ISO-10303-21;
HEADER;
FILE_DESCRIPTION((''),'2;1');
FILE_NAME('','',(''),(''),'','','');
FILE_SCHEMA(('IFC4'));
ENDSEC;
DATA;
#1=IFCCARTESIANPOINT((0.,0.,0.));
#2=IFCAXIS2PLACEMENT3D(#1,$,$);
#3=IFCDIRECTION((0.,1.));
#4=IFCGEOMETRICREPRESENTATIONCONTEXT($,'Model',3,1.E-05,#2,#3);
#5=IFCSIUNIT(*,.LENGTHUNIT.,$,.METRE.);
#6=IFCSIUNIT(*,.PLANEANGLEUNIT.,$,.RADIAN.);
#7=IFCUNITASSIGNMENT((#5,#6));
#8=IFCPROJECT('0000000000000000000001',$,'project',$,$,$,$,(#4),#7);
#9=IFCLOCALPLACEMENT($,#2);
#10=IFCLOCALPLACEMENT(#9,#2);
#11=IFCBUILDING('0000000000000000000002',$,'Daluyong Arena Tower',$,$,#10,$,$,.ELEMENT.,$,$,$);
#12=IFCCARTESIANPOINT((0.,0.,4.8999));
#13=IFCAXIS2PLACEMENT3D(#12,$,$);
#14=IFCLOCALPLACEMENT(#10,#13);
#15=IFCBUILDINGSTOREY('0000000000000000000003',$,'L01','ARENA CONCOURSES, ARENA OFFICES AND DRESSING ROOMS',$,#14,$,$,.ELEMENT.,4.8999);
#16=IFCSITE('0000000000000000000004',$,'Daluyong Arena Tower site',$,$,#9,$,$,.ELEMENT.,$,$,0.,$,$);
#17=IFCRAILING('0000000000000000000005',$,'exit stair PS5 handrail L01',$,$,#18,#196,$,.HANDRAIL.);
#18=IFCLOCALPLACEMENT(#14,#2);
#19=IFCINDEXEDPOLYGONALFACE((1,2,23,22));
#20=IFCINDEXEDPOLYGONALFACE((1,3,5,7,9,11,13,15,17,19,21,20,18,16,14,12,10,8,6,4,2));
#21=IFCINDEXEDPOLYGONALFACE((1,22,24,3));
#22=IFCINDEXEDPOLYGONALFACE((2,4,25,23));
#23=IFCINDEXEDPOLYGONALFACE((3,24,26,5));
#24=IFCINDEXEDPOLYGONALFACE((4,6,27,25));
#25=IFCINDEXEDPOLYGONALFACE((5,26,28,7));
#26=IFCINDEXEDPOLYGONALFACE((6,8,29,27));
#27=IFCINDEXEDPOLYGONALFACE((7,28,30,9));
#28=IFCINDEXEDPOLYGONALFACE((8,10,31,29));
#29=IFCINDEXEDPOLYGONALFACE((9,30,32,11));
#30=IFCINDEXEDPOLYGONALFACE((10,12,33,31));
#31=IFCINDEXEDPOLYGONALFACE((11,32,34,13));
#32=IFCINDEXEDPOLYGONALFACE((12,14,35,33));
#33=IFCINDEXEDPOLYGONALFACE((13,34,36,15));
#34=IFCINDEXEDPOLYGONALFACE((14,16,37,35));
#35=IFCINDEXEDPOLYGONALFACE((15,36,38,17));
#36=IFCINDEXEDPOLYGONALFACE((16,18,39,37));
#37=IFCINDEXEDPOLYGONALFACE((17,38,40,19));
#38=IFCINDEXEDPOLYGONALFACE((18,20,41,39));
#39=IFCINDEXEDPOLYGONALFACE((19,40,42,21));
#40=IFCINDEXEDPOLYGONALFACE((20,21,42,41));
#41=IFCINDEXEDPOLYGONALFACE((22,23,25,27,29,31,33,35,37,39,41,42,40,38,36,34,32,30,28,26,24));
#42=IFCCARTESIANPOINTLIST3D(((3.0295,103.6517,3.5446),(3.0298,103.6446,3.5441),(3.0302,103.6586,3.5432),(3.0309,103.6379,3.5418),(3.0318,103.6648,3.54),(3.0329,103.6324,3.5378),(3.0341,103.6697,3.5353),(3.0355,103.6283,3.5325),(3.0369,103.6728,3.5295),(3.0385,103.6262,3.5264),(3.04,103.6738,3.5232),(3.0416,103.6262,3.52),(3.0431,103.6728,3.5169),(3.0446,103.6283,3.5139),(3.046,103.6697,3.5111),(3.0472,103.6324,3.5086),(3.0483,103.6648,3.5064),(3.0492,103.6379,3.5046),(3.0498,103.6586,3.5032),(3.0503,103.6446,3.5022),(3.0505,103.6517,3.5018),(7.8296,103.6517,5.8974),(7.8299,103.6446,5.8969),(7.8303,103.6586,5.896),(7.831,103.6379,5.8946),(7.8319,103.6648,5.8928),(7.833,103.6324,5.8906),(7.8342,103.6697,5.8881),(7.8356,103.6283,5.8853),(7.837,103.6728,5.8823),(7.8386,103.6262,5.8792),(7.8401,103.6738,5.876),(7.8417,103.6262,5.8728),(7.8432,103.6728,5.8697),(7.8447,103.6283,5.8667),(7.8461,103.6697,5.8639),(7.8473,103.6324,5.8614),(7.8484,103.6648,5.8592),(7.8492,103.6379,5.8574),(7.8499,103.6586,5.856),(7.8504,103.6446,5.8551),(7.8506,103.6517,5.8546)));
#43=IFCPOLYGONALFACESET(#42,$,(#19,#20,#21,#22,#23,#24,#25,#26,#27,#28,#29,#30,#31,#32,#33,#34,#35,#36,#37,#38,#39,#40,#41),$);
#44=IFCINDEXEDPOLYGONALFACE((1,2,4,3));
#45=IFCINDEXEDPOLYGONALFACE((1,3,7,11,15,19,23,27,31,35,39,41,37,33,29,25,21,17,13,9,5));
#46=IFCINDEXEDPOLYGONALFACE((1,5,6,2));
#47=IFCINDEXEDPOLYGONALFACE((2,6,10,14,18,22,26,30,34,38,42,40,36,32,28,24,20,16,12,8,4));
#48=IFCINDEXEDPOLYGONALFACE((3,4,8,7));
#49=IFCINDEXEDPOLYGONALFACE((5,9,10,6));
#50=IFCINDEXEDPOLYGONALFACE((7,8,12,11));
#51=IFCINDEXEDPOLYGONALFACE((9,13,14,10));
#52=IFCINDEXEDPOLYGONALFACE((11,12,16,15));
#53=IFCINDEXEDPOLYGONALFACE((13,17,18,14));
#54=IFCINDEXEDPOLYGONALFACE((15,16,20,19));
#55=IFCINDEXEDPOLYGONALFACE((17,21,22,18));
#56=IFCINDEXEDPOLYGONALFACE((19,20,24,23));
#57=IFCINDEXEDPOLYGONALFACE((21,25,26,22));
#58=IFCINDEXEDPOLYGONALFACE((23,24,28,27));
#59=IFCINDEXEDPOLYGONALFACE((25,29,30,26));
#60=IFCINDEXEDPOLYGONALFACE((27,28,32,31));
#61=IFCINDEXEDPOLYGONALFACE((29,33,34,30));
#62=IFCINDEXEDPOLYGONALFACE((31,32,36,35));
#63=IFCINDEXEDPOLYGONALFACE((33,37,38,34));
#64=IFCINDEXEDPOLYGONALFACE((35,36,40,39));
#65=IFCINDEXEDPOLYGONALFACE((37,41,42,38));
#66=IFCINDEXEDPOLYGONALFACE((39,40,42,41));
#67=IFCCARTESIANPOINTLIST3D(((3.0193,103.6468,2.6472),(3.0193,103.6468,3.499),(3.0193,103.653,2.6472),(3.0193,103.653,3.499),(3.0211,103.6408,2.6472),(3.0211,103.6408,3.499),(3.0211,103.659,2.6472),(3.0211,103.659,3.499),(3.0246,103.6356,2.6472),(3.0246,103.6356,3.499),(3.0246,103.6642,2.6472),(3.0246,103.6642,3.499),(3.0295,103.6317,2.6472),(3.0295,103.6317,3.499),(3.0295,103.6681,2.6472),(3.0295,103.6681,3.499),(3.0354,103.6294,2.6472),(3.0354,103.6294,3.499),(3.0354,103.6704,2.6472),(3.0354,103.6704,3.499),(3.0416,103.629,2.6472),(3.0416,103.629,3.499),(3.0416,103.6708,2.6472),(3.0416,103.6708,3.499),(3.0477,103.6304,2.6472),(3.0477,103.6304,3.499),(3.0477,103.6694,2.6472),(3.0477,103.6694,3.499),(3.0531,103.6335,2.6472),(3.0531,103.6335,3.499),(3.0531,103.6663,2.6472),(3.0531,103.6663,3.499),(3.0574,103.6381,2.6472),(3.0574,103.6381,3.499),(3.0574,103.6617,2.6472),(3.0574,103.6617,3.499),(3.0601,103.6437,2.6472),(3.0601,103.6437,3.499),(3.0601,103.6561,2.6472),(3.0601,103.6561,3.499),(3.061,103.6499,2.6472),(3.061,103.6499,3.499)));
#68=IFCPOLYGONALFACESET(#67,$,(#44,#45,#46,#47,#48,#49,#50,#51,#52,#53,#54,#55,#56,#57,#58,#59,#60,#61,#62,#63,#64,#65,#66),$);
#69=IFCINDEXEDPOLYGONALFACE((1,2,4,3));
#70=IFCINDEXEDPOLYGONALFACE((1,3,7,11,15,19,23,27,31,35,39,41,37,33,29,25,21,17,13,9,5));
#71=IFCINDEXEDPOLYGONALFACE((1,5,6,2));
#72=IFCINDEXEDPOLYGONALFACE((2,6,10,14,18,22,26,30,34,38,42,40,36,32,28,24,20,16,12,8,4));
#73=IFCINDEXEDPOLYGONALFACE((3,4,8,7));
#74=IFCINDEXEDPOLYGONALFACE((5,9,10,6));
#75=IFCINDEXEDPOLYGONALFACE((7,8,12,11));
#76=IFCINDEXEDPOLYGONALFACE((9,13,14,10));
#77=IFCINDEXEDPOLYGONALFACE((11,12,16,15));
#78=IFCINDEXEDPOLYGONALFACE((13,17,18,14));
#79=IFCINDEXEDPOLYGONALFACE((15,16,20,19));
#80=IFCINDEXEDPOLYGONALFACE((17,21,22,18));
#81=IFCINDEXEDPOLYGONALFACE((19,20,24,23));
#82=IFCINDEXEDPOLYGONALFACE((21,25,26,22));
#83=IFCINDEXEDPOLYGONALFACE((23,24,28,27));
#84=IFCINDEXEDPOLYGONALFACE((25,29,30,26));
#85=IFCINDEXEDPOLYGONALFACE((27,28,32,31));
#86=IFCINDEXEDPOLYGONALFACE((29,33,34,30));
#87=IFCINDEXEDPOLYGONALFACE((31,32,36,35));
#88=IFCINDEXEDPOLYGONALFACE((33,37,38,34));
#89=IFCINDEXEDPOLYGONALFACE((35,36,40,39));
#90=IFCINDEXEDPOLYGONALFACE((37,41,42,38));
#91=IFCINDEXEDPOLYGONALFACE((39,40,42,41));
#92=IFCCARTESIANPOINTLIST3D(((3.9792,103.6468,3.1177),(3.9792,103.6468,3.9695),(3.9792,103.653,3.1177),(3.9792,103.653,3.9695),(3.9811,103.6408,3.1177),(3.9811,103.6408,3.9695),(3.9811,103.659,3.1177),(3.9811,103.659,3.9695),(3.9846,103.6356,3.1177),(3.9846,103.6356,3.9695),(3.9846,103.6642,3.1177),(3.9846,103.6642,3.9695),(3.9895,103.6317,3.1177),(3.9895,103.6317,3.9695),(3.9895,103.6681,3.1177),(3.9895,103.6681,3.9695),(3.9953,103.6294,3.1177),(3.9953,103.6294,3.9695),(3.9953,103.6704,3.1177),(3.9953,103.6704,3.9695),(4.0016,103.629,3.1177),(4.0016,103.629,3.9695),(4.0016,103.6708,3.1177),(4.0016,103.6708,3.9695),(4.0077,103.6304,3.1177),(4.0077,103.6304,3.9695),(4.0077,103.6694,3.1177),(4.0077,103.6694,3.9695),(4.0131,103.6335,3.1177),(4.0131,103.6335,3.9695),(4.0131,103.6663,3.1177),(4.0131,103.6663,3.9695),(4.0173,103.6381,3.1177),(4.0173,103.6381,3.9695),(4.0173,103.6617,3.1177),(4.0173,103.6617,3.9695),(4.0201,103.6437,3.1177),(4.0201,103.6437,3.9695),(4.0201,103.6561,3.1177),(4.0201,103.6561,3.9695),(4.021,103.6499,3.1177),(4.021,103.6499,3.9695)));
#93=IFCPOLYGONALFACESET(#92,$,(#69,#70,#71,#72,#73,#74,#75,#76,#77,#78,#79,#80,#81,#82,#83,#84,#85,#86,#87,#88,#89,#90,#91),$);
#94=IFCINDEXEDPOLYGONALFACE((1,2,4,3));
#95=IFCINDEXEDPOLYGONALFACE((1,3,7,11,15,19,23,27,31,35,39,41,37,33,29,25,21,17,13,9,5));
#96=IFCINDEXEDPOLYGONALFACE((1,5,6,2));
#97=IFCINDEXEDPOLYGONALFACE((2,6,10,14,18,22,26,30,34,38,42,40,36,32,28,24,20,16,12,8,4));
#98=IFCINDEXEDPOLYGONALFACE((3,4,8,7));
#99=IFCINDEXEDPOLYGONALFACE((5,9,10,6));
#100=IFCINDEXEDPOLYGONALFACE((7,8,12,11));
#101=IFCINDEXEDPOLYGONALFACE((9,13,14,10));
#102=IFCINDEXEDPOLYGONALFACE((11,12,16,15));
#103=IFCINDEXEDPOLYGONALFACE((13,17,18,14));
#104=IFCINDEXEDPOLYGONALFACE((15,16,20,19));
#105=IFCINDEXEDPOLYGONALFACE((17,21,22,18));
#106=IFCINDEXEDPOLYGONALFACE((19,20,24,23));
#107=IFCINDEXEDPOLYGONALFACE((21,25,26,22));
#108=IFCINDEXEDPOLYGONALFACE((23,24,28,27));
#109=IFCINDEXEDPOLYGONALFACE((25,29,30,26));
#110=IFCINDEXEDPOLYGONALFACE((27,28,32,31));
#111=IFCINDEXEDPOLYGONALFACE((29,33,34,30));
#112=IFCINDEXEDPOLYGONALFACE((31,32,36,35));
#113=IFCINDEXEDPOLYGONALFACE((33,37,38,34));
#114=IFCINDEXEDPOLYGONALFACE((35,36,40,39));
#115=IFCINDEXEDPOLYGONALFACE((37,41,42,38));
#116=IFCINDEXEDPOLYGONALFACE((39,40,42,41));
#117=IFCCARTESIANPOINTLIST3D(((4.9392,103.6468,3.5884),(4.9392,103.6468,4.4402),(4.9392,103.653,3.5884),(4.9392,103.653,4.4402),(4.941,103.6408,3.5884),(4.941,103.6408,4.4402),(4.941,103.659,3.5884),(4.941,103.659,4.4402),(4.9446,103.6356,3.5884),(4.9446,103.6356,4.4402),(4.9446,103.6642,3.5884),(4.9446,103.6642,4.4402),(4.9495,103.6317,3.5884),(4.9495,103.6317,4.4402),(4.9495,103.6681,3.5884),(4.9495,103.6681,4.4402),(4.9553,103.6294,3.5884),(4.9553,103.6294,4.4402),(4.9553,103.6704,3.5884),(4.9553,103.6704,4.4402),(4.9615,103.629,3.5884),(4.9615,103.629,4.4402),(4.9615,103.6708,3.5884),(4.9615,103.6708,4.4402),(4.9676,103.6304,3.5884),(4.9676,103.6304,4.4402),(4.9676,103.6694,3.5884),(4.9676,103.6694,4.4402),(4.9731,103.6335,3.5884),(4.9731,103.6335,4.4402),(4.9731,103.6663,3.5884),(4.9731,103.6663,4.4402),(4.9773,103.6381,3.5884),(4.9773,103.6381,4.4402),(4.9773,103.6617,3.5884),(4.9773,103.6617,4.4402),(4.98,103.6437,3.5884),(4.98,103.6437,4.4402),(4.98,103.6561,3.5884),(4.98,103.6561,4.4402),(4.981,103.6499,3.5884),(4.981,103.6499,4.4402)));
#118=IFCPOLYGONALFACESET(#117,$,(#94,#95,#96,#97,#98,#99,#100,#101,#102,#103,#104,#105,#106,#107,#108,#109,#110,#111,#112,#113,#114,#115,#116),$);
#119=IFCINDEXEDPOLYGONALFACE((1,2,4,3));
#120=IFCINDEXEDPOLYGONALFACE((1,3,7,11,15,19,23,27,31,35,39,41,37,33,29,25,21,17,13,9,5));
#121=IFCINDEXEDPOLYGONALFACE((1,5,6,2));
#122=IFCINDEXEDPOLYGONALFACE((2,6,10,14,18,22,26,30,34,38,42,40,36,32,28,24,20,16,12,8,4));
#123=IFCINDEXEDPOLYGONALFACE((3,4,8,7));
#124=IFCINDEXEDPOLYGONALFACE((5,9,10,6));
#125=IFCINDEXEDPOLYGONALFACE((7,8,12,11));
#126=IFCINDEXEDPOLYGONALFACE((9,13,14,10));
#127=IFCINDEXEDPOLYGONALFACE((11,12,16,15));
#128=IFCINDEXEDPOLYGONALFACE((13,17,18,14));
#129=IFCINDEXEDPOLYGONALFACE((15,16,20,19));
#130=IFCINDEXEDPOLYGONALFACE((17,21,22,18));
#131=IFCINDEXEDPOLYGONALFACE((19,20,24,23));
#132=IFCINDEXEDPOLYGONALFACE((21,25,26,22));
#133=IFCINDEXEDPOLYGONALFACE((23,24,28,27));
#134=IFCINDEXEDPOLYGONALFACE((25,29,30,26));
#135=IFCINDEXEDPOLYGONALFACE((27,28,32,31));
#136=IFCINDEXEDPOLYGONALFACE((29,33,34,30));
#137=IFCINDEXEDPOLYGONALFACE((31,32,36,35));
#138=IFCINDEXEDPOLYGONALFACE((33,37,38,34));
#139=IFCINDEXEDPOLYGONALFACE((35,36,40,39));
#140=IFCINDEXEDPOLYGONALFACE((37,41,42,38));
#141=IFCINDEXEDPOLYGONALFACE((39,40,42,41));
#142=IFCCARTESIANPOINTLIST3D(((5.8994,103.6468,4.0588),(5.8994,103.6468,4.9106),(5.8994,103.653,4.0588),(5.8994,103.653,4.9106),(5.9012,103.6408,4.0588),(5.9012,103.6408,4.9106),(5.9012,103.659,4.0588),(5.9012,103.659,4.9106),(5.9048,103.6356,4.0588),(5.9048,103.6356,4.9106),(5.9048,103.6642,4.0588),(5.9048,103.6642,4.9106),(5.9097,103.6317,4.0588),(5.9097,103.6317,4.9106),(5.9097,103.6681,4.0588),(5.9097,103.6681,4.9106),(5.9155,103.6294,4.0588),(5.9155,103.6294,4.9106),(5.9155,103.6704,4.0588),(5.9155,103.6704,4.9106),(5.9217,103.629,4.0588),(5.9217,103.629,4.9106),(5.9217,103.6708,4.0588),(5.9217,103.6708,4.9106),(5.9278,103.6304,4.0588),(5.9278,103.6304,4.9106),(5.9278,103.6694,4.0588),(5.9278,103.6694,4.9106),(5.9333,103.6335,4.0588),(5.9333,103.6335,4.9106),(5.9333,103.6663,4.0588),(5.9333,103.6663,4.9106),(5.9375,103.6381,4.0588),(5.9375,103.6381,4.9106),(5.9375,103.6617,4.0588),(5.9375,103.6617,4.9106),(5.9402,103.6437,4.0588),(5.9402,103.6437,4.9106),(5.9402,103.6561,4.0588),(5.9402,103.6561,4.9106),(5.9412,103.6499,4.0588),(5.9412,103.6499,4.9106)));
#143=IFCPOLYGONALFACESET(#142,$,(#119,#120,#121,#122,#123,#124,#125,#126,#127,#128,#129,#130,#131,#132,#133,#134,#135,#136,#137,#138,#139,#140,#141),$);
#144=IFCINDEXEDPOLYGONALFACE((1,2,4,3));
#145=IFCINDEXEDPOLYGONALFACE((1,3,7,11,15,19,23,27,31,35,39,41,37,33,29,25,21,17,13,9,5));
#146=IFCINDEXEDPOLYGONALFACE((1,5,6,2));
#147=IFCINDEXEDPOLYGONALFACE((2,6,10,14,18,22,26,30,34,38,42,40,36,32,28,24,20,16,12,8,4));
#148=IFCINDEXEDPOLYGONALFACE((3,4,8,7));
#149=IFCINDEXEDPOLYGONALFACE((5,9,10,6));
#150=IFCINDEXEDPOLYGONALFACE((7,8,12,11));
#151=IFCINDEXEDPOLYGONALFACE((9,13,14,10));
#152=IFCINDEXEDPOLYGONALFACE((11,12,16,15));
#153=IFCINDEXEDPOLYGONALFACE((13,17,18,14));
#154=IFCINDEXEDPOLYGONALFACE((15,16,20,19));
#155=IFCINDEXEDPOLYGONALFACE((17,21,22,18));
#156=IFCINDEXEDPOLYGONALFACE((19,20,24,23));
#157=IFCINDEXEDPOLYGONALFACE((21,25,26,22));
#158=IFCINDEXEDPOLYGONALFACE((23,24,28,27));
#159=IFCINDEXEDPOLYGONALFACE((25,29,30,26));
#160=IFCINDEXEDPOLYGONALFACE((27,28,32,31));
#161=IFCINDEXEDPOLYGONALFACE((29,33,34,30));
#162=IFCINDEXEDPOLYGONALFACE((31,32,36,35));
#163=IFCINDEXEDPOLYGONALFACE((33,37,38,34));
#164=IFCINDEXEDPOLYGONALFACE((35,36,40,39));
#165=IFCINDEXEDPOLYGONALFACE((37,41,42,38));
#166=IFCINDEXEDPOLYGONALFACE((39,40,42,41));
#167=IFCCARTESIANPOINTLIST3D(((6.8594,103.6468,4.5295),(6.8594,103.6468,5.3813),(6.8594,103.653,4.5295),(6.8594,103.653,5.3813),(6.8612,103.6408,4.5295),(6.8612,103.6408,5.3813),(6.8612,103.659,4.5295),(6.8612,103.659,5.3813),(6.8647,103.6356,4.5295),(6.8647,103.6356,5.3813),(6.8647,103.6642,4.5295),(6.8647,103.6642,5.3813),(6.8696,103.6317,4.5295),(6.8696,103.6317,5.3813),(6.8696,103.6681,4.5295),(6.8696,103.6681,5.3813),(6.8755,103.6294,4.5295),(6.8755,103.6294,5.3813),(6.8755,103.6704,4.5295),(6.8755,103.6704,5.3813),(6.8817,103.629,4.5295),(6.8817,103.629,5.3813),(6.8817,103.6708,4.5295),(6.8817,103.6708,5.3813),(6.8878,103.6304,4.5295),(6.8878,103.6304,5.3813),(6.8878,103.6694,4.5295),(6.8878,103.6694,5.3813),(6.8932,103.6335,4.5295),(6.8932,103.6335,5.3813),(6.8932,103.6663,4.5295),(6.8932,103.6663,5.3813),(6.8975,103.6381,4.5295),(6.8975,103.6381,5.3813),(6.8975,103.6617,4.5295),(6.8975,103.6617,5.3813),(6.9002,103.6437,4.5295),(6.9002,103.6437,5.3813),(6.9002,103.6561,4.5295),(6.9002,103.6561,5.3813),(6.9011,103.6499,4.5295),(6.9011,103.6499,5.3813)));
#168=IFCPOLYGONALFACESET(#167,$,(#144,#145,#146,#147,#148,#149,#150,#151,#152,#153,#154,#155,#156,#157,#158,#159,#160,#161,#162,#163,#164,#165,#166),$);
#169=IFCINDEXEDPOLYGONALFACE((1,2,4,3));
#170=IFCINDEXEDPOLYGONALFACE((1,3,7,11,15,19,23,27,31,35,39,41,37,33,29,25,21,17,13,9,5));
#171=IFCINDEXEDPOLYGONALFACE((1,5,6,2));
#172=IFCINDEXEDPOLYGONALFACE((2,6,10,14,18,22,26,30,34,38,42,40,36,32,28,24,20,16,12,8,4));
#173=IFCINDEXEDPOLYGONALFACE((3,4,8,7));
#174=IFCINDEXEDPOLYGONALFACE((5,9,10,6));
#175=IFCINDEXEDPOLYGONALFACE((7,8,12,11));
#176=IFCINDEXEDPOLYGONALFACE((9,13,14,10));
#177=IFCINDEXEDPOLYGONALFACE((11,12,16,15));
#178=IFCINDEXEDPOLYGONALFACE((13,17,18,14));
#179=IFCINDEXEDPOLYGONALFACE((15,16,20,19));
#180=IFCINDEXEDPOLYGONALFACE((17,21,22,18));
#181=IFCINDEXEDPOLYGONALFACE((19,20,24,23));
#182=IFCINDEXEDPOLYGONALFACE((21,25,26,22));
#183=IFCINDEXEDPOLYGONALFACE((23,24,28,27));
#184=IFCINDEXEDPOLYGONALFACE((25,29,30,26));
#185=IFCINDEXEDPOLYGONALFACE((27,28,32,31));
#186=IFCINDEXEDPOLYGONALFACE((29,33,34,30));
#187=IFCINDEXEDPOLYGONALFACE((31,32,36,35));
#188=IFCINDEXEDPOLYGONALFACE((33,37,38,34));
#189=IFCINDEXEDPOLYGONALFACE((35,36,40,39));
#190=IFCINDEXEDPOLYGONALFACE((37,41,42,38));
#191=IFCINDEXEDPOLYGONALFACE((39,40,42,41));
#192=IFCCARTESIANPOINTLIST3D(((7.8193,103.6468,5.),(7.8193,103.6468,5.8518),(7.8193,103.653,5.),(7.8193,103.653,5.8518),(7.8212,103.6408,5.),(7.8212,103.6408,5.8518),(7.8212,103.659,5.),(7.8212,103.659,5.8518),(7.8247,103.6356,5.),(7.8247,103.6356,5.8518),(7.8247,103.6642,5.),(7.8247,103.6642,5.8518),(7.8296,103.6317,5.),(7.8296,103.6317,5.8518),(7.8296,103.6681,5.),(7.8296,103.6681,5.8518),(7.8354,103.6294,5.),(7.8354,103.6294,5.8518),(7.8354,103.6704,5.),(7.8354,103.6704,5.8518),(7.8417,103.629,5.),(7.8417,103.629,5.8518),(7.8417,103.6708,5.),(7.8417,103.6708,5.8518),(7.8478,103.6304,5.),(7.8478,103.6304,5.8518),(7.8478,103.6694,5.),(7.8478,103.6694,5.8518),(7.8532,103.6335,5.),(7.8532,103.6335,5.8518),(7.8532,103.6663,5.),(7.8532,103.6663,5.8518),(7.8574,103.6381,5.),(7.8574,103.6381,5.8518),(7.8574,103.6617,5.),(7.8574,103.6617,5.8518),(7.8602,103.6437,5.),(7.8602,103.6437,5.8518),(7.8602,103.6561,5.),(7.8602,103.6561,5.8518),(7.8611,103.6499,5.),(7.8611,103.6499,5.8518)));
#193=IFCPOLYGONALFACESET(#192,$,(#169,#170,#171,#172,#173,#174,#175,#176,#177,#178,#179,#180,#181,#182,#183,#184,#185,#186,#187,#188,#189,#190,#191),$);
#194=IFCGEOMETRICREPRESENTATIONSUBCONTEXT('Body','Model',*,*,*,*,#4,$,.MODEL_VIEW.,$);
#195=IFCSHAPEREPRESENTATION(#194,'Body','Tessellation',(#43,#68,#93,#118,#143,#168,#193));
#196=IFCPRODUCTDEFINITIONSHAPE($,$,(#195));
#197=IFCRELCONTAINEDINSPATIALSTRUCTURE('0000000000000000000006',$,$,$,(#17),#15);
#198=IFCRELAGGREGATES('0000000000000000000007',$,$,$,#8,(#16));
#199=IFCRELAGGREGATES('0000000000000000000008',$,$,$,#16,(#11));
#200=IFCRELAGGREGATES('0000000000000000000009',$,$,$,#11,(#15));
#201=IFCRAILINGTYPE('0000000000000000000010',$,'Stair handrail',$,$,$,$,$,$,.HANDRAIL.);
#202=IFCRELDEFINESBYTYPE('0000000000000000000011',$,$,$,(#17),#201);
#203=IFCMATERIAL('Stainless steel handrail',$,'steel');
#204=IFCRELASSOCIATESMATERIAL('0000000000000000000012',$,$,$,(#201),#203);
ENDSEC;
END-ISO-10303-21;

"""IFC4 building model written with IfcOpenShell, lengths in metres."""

from ifc_helpers import new_model, si_unit, direction, frame, origin, origin_2d, place, context, subcontext, project, spatial, circle, extrude, material, type_object, element, save


model = new_model("IFC4")

# Units and contexts
model_context = context("Model", 3, precision=1e-05, world=origin(), true_north=direction((0.0, 1.0)))
body_context = subcontext(model_context, "Body", "Model", "MODEL_VIEW")
ifc_project = project(units=[si_unit("LENGTHUNIT", "METRE"), si_unit("PLANEANGLEUNIT", "RADIAN")], contexts=[model_context])

# Site, building, storey
site_placement = place(None, origin())
site = spatial("IfcSite", under=ifc_project, at=site_placement, Name="Daluyong Arena Tower site", CompositionType="ELEMENT", RefElevation=0.0)
building_placement = place(site_placement, origin())
building = spatial("IfcBuilding", under=site, at=building_placement, Name="Daluyong Arena Tower", CompositionType="ELEMENT")
storey_placement = place(building_placement, frame((0.0, 0.0, 4.8999)))
storey = spatial("IfcBuildingStorey", under=building, at=storey_placement, Name="L01", Description="ARENA CONCOURSES, ARENA OFFICES AND DRESSING ROOMS", CompositionType="ELEMENT", Elevation=4.8999)

# Railing
ifc_material_1 = material(Name="Stainless steel handrail", Category="steel")
railing_type_1 = type_object("IfcRailingType", Name="Stair handrail", PredefinedType="HANDRAIL", material=ifc_material_1)
railing_1_placement = place(storey_placement, frame((3.04, 103.6499, 2.6472)))
element("IfcRailing", 1, at=railing_1_placement, inside=storey, type_object=railing_type_1, Name="exit stair PS5 handrail L01", PredefinedType="HANDRAIL", context=body_context, shape_type="SweptSolid", body=[
    extrude(circle(Radius=0.0239, at=origin_2d()), frame((0.0, 0.0, 0.876), z_axis=(0.897934, 0.0, 0.44013), x_axis=(0.0, 1.0, 0.0)), (0.0, 0.0, 1.0), 5.3457),
    extrude(circle(Radius=0.021, at=origin_2d()), origin(), (0.0, 0.0, 1.0), 0.8518),
    extrude(circle(Radius=0.021, at=origin_2d()), frame((0.96, 0.0, 0.4705)), (0.0, 0.0, 1.0), 0.8518),
    extrude(circle(Radius=0.021, at=origin_2d()), frame((1.9199, 0.0, 0.9412)), (0.0, 0.0, 1.0), 0.8518),
    extrude(circle(Radius=0.021, at=origin_2d()), frame((2.8801, 0.0, 1.4116)), (0.0, 0.0, 1.0), 0.8518),
    extrude(circle(Radius=0.021, at=origin_2d()), frame((3.8401, 0.0, 1.8823)), (0.0, 0.0, 1.0), 0.8518),
    extrude(circle(Radius=0.021, at=origin_2d()), frame((4.8, 0.0, 2.3528)), (0.0, 0.0, 1.0), 0.8518),
])

save(model, "model.ifc")
